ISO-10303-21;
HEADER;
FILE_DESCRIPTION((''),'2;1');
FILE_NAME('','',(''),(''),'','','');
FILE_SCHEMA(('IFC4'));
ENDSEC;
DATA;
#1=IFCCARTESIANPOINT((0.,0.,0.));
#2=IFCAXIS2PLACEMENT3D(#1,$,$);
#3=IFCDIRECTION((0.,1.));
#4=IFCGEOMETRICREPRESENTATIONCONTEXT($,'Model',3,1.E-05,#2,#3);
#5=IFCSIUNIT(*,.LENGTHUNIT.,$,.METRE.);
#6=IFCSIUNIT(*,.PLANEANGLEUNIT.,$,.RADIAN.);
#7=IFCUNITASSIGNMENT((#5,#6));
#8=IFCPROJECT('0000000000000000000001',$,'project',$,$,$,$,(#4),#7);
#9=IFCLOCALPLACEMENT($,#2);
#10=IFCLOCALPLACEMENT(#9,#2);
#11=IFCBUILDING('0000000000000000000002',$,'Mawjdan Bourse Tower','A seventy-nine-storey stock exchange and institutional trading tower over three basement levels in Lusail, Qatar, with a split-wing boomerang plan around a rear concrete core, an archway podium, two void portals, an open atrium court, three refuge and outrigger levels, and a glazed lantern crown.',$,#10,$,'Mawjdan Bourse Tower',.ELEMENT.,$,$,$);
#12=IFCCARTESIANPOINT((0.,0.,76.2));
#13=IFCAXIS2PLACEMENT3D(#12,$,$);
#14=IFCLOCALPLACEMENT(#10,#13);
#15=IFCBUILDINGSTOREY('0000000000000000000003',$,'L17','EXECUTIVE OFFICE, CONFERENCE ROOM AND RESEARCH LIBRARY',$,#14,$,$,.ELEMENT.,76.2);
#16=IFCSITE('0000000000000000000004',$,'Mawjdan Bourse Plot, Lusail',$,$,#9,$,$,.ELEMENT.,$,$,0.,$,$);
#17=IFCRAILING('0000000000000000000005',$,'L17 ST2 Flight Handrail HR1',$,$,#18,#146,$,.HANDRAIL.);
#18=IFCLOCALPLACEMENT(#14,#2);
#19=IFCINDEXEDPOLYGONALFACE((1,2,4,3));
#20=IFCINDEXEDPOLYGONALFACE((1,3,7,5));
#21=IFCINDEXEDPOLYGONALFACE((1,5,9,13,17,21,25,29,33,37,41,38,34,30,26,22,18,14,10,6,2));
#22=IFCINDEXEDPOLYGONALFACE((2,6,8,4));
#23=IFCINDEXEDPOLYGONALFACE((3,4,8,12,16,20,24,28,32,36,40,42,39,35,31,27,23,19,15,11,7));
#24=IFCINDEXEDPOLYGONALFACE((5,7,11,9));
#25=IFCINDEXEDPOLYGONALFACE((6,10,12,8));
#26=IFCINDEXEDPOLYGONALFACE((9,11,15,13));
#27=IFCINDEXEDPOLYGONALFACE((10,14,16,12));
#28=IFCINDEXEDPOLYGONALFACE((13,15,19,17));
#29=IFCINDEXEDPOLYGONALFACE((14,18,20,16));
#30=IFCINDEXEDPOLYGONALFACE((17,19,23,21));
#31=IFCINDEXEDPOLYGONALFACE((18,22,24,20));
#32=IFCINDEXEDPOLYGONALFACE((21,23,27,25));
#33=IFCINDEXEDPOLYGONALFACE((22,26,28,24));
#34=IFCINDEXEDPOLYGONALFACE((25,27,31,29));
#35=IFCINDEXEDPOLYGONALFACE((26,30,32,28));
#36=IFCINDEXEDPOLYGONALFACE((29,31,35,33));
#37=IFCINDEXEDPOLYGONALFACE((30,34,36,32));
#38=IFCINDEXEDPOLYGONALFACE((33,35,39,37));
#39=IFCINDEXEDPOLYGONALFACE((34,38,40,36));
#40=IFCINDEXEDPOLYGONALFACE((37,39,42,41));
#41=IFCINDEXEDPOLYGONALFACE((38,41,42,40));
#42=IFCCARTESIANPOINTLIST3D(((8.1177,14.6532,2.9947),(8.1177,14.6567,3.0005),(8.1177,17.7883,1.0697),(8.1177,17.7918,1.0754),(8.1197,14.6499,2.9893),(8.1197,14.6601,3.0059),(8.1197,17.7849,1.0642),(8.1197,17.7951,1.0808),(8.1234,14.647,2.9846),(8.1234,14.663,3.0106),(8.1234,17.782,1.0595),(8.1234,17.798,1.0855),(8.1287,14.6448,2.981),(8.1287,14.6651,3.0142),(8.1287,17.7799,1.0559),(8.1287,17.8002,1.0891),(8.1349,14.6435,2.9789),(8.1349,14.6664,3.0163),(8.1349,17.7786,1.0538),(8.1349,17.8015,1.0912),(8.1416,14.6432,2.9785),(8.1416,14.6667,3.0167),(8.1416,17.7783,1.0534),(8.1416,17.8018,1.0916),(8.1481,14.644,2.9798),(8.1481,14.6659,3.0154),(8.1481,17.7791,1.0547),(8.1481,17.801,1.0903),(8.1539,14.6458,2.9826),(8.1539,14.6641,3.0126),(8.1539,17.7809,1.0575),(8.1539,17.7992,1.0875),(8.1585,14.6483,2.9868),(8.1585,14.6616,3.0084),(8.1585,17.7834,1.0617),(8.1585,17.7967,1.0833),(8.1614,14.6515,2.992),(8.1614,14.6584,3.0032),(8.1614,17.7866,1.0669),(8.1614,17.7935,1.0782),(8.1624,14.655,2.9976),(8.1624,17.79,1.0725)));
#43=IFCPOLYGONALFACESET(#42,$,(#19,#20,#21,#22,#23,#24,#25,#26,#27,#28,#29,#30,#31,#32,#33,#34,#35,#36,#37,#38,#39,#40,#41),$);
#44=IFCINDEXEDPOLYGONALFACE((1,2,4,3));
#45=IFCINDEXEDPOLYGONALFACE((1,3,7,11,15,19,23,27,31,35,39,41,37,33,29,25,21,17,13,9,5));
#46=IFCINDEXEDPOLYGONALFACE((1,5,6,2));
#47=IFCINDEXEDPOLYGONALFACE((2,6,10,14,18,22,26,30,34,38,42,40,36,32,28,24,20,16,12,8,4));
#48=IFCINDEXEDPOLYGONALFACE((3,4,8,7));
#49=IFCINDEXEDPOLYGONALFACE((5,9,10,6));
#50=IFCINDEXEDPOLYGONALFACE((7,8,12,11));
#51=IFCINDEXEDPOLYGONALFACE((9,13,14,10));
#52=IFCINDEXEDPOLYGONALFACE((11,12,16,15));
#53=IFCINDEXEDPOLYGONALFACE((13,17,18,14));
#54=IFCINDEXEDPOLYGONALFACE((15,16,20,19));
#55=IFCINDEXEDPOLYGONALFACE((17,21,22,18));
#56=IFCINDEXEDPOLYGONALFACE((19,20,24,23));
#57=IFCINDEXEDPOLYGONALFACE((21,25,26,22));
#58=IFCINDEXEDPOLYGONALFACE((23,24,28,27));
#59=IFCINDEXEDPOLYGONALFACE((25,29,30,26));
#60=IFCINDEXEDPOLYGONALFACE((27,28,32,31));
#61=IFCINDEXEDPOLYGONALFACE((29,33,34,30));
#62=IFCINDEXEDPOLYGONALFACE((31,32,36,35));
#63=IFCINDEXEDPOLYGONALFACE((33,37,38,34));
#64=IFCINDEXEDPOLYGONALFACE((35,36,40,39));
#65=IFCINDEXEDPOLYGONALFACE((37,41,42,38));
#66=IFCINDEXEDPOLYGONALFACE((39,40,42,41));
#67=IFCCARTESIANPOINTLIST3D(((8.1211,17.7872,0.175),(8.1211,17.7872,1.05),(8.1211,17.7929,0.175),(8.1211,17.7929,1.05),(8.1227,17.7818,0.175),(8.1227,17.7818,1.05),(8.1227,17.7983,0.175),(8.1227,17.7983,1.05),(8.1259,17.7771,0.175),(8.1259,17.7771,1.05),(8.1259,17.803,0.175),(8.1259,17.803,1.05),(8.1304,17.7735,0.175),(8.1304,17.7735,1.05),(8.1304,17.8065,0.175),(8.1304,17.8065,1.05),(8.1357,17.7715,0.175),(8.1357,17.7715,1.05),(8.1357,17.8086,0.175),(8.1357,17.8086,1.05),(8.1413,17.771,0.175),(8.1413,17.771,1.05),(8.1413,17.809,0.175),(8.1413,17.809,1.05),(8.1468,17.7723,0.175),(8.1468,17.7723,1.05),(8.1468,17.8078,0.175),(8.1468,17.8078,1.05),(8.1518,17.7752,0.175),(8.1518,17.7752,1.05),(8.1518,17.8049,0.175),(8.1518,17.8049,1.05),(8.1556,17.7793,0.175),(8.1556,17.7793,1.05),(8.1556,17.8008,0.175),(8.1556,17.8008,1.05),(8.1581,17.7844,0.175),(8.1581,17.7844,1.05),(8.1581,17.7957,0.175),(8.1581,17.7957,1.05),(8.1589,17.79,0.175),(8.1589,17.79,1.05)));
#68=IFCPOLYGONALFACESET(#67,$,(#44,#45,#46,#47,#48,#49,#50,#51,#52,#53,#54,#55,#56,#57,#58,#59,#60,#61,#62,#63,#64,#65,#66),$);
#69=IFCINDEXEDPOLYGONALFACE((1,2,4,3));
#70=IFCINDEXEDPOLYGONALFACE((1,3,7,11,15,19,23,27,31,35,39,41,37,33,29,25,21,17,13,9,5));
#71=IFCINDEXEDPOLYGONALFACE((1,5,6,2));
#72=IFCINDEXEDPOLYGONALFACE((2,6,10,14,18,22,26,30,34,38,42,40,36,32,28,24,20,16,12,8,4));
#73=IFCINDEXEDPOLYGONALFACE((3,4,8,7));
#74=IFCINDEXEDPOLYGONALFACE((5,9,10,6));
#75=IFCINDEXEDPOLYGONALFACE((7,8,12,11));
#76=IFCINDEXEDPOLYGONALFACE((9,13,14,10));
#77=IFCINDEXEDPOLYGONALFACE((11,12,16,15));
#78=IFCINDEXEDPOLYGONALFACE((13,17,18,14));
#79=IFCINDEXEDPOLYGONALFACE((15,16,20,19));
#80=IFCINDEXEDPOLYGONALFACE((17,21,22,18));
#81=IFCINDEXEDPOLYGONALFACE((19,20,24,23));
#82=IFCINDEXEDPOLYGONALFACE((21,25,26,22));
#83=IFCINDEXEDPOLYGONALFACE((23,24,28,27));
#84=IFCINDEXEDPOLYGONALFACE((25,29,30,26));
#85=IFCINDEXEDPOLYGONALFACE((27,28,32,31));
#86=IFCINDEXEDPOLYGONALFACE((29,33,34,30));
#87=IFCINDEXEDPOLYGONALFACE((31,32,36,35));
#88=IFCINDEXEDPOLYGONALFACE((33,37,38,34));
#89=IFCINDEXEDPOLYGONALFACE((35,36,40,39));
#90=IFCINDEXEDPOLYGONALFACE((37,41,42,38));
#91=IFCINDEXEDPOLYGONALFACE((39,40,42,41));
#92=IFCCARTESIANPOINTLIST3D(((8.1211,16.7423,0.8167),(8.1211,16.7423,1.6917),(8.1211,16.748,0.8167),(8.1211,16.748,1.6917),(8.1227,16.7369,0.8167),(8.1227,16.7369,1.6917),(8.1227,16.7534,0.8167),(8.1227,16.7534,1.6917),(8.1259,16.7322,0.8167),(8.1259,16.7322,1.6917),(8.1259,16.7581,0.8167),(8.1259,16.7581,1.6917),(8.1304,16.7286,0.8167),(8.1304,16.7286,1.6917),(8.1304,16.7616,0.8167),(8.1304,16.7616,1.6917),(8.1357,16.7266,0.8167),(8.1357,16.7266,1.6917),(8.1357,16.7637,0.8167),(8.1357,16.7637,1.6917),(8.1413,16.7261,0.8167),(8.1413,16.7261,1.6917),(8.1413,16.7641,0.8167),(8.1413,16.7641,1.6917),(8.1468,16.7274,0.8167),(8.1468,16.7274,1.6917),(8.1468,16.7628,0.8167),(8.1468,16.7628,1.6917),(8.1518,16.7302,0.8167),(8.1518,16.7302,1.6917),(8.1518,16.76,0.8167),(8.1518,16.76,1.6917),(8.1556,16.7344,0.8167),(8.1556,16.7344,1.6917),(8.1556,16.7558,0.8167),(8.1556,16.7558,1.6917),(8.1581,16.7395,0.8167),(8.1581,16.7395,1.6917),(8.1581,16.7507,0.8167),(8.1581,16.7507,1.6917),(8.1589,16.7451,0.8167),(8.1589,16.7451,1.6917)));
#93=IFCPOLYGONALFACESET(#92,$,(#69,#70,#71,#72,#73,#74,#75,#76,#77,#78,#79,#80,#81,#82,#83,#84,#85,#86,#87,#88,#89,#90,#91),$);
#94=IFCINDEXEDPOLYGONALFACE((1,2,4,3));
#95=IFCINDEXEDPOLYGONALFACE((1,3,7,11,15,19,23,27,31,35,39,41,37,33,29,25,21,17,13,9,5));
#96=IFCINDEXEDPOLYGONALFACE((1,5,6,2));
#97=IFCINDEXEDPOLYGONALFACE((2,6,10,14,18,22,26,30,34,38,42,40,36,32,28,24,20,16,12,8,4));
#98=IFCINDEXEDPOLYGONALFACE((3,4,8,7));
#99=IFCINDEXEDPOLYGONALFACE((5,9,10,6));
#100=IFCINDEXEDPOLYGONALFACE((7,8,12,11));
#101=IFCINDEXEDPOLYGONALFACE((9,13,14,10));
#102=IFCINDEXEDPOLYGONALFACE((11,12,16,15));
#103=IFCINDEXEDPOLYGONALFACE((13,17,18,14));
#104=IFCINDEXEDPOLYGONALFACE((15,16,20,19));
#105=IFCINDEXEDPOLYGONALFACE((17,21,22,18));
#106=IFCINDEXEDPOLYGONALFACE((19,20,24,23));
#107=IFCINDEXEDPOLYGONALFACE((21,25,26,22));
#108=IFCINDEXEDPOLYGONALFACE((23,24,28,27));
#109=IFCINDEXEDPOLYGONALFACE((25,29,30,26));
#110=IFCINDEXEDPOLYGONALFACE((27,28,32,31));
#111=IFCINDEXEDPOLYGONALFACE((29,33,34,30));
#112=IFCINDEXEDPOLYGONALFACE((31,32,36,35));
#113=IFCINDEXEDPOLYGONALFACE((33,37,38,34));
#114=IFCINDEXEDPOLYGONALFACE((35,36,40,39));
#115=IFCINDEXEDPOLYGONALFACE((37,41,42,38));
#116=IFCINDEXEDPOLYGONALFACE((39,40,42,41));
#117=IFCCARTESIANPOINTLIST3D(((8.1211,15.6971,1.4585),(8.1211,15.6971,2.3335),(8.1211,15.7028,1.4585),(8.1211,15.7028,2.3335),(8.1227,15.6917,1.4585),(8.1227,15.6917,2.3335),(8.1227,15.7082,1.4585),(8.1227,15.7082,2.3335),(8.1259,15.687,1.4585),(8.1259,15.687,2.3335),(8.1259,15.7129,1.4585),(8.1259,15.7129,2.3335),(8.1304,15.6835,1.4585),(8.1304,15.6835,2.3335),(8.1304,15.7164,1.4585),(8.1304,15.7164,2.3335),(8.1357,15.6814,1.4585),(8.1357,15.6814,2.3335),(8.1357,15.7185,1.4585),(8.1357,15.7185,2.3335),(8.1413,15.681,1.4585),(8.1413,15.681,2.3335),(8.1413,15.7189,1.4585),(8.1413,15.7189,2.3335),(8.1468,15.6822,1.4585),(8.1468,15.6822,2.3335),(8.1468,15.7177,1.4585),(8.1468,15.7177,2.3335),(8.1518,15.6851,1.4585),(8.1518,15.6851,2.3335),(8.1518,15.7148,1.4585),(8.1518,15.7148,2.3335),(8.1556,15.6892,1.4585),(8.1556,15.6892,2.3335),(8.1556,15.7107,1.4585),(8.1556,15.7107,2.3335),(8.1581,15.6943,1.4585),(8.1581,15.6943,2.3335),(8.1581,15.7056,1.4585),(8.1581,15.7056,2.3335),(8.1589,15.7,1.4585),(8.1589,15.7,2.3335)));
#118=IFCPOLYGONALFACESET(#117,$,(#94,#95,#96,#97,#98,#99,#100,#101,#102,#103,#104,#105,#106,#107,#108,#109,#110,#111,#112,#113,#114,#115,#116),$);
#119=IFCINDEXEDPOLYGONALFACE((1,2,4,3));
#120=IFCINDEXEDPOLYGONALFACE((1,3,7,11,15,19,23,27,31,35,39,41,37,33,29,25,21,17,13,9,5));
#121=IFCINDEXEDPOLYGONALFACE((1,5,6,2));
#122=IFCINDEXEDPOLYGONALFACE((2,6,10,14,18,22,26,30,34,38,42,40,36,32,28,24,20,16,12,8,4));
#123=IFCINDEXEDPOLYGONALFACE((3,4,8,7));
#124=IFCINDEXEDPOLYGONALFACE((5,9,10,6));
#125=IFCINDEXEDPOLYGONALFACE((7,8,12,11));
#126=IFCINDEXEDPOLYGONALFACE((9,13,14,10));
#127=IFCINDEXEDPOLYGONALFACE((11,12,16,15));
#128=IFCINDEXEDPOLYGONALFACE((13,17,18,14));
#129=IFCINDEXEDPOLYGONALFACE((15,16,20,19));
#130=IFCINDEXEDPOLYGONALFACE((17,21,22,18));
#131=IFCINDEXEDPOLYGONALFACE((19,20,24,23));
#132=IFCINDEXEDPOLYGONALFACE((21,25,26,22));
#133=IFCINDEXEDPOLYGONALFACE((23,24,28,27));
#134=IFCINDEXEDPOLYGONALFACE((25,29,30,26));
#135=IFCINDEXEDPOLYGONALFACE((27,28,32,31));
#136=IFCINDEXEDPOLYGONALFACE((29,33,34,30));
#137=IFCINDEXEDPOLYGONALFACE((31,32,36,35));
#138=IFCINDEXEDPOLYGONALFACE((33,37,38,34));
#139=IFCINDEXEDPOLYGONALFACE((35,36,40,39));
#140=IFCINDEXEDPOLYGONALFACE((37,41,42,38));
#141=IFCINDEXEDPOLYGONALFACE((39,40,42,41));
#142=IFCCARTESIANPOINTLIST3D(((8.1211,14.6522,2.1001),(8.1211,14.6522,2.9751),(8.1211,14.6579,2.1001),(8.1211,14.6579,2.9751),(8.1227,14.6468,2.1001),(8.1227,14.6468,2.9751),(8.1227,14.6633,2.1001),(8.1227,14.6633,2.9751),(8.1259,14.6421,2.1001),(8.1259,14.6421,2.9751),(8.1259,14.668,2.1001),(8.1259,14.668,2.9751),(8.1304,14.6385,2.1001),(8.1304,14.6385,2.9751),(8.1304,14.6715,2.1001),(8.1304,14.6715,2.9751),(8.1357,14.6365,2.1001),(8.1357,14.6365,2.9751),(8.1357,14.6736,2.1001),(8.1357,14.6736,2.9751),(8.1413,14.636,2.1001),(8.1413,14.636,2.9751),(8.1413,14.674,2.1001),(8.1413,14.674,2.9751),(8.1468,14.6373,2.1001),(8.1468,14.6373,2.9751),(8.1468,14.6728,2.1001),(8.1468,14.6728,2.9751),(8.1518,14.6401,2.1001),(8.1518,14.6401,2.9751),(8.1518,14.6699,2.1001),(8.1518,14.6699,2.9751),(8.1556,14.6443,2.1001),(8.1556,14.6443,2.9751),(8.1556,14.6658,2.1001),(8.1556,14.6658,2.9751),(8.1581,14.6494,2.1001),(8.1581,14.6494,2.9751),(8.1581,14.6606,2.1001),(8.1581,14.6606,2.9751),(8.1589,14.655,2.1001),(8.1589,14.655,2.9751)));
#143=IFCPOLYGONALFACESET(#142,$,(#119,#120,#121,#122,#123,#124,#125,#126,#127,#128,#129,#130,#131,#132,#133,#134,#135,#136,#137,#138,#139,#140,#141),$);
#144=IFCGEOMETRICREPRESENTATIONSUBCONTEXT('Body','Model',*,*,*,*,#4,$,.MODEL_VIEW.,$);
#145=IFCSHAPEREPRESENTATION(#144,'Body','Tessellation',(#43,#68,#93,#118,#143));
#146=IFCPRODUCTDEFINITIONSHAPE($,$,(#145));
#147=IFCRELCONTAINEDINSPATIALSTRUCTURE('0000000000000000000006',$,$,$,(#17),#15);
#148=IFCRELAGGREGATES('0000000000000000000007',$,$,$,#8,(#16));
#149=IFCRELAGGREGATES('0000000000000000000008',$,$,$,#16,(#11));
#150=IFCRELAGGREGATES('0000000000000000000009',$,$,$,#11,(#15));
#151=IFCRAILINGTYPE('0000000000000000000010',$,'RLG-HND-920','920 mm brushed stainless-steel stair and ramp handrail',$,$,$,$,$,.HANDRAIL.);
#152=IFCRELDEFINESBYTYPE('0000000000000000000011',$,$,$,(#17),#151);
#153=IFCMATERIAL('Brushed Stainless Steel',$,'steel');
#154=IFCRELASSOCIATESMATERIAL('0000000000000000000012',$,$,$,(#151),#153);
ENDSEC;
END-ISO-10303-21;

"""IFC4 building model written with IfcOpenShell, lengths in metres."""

from ifc_helpers import new_model, si_unit, direction, frame, origin, origin_2d, place, context, subcontext, project, spatial, circle, extrude, material, type_object, element, save


model = new_model("IFC4")

# Units and contexts
model_context = context("Model", 3, precision=1e-05, world=origin(), true_north=direction((0.0, 1.0)))
body_context = subcontext(model_context, "Body", "Model", "MODEL_VIEW")
ifc_project = project(units=[si_unit("LENGTHUNIT", "METRE"), si_unit("PLANEANGLEUNIT", "RADIAN")], contexts=[model_context])

# Site, building, storey
site_placement = place(None, origin())
site = spatial("IfcSite", under=ifc_project, at=site_placement, Name="Mawjdan Bourse Plot, Lusail", CompositionType="ELEMENT", RefElevation=0.0)
building_placement = place(site_placement, origin())
building = spatial("IfcBuilding", under=site, at=building_placement, Name="Mawjdan Bourse Tower", Description="A seventy-nine-storey stock exchange and institutional trading tower over three basement levels in Lusail, Qatar, with a split-wing boomerang plan around a rear concrete core, an archway podium, two void portals, an open atrium court, three refuge and outrigger levels, and a glazed lantern crown.", LongName="Mawjdan Bourse Tower", CompositionType="ELEMENT")
storey_placement = place(building_placement, frame((0.0, 0.0, 76.2)))
storey = spatial("IfcBuildingStorey", under=building, at=storey_placement, Name="L17", Description="EXECUTIVE OFFICE, CONFERENCE ROOM AND RESEARCH LIBRARY", CompositionType="ELEMENT", Elevation=76.2)

# Railing
ifc_material_1 = material(Name="Brushed Stainless Steel", Category="steel")
railing_type_1 = type_object("IfcRailingType", Name="RLG-HND-920", Description="920 mm brushed stainless-steel stair and ramp handrail", PredefinedType="HANDRAIL", material=ifc_material_1)
railing_1_placement = place(storey_placement, frame((8.1399, 17.79, 0.175)))
element("IfcRailing", 1, at=railing_1_placement, inside=storey, type_object=railing_type_1, Name="L17 ST2 Flight Handrail HR1", PredefinedType="HANDRAIL", context=body_context, shape_type="SweptSolid", body=[
    extrude(circle(Radius=0.0225, at=origin_2d()), frame((0.0, 0.0, 0.8975), z_axis=(0.0, -0.852166, 0.523271), x_axis=(1.0, 0.0, 0.0)), (0.0, 0.0, 1.0), 3.679),
    extrude(circle(Radius=0.019, at=origin_2d()), origin(), (0.0, 0.0, 1.0), 0.875),
    extrude(circle(Radius=0.019, at=origin_2d()), frame((0.0, -1.0449, 0.6416)), (0.0, 0.0, 1.0), 0.875),
    extrude(circle(Radius=0.019, at=origin_2d()), frame((0.0, -2.0901, 1.2834)), (0.0, 0.0, 1.0), 0.875),
    extrude(circle(Radius=0.019, at=origin_2d()), frame((0.0, -3.135, 1.925)), (0.0, 0.0, 1.0), 0.875),
])

save(model, "model.ifc")
